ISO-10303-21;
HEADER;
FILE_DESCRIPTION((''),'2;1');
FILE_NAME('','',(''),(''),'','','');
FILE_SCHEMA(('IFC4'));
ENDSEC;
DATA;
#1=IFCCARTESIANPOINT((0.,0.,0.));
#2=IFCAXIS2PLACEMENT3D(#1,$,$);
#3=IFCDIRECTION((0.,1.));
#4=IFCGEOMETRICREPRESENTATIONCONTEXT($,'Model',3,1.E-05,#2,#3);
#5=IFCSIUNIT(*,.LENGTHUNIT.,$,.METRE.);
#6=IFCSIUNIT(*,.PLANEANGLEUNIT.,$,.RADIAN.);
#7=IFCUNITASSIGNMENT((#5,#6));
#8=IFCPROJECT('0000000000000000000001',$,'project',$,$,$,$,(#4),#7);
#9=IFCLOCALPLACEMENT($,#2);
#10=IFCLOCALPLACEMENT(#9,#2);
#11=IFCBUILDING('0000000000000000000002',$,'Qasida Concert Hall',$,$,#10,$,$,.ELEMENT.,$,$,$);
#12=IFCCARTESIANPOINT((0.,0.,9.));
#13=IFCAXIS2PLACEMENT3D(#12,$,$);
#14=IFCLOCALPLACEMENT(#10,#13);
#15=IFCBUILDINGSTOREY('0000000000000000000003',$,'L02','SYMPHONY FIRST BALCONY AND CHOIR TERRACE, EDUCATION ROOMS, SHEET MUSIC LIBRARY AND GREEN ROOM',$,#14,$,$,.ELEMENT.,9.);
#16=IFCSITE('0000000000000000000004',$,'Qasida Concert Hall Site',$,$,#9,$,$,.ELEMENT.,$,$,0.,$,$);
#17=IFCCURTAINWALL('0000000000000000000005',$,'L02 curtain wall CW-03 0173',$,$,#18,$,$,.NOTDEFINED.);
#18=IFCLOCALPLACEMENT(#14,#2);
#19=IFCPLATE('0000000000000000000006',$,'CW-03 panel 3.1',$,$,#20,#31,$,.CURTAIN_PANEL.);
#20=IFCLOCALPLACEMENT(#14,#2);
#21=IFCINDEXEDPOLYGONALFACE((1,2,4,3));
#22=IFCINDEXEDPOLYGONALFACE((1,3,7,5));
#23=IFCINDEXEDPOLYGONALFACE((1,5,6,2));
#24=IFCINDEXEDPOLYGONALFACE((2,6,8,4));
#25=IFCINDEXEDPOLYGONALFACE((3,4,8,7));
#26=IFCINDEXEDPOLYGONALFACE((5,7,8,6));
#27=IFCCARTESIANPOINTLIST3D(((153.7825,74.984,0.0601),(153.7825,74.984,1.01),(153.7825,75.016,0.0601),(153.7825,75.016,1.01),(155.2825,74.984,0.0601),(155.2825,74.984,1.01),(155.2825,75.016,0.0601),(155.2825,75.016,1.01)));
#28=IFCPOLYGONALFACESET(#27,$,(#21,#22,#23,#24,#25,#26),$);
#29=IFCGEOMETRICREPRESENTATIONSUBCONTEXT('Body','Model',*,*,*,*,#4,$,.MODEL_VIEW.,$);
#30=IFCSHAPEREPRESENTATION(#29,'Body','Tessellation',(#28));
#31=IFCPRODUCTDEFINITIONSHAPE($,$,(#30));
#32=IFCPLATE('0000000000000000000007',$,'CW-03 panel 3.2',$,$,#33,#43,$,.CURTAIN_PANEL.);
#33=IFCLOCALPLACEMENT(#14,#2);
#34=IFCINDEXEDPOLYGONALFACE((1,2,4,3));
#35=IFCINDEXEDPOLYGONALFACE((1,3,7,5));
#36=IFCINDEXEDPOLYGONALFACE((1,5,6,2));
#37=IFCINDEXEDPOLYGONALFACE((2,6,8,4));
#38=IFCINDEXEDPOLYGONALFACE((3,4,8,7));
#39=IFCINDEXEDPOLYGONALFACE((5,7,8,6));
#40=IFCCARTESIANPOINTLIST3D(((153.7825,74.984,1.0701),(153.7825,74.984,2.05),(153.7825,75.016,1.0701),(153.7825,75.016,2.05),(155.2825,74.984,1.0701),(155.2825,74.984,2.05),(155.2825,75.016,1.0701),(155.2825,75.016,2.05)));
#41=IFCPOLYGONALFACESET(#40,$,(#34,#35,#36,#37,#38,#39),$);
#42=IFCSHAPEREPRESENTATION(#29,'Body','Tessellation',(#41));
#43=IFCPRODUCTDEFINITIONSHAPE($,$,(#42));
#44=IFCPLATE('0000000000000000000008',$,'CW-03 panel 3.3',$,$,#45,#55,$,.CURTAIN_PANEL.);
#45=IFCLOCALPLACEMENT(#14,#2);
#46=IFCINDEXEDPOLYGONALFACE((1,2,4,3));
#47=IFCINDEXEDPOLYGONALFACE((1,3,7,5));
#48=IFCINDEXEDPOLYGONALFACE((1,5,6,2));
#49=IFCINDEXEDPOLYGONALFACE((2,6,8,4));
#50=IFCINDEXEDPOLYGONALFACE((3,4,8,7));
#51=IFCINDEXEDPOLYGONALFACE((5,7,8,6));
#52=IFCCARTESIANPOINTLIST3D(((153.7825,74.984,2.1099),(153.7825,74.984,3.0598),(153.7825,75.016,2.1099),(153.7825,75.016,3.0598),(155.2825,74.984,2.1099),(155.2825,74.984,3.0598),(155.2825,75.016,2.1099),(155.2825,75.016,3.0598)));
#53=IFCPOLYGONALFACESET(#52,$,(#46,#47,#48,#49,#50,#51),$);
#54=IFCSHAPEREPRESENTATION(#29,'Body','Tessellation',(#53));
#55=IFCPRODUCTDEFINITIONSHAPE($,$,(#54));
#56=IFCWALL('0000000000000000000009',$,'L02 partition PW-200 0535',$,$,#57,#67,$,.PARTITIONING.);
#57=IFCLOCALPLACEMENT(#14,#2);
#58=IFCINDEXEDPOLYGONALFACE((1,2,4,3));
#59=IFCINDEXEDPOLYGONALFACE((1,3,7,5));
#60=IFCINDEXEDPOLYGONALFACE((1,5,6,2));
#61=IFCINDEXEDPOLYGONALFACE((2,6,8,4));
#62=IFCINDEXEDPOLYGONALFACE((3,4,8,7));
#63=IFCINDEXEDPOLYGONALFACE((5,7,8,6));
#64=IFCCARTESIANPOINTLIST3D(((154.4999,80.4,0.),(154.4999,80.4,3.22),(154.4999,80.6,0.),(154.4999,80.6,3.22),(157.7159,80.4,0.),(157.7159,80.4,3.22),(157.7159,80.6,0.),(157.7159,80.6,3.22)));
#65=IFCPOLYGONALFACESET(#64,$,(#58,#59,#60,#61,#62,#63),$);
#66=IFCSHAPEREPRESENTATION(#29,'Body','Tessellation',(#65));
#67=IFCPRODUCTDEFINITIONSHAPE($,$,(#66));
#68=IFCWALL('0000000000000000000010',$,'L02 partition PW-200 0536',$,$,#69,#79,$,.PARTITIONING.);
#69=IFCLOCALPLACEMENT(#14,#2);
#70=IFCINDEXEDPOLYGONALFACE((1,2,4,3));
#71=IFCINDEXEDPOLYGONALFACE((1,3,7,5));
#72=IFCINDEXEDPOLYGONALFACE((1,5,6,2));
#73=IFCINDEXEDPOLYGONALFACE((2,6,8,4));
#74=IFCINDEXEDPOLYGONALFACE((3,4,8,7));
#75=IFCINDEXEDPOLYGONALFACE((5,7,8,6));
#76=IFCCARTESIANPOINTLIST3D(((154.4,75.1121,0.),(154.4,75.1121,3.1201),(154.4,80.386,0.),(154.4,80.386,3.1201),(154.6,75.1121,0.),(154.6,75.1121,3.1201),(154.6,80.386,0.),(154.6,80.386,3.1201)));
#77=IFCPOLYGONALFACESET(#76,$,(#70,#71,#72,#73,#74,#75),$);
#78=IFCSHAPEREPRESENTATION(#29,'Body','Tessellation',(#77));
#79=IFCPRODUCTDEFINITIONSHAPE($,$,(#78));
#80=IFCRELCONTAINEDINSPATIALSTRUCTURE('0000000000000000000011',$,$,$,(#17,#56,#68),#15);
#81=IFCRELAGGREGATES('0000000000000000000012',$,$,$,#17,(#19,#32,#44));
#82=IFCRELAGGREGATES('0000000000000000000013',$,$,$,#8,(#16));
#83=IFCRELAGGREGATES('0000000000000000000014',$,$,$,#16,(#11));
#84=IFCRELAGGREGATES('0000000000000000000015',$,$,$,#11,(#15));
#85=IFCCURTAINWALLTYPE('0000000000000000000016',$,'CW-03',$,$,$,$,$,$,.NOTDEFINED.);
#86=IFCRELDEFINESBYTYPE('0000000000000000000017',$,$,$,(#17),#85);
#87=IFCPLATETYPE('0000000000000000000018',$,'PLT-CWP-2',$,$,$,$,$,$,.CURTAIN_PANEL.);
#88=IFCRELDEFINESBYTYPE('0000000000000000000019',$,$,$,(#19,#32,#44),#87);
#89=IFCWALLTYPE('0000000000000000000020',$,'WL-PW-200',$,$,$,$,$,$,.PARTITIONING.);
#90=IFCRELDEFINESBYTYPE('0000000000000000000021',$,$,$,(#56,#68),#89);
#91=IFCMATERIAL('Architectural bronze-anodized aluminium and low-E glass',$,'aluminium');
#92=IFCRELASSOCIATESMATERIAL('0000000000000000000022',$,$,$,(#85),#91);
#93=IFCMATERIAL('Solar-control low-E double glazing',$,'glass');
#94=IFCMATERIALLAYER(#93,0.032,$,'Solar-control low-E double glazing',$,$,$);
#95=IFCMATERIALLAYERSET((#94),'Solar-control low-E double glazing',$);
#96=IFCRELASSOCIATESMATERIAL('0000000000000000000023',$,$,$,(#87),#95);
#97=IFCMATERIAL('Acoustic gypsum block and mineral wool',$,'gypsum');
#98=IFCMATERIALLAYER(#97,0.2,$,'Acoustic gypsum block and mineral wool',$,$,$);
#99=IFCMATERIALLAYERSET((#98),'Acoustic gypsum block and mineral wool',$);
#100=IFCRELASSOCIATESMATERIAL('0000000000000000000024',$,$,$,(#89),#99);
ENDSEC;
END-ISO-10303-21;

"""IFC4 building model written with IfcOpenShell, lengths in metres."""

from ifc_helpers import new_model, si_unit, direction, frame, frame_2d, origin, origin_2d, place, context, subcontext, project, spatial, rectangle, extrude, material, layer, layer_set, type_object, element, aggregate, save


model = new_model("IFC4")

# Units and contexts
model_context = context("Model", 3, precision=1e-05, world=origin(), true_north=direction((0.0, 1.0)))
body_context = subcontext(model_context, "Body", "Model", "MODEL_VIEW")
ifc_project = project(units=[si_unit("LENGTHUNIT", "METRE"), si_unit("PLANEANGLEUNIT", "RADIAN")], contexts=[model_context])

# Site, building, storey
site_placement = place(None, origin())
site = spatial("IfcSite", under=ifc_project, at=site_placement, Name="Qasida Concert Hall Site", CompositionType="ELEMENT", RefElevation=0.0)
building_placement = place(site_placement, origin())
building = spatial("IfcBuilding", under=site, at=building_placement, Name="Qasida Concert Hall", CompositionType="ELEMENT")
storey_placement = place(building_placement, frame((0.0, 0.0, 9.0)))
storey = spatial("IfcBuildingStorey", under=building, at=storey_placement, Name="L02", Description="SYMPHONY FIRST BALCONY AND CHOIR TERRACE, EDUCATION ROOMS, SHEET MUSIC LIBRARY AND GREEN ROOM", CompositionType="ELEMENT", Elevation=9.0)

# Curtain wall, plates
ifc_material_1 = material(Name="Architectural bronze-anodized aluminium and low-E glass", Category="aluminium")
curtain_wall_type = type_object("IfcCurtainWallType", Name="CW-03", PredefinedType="NOTDEFINED", material=ifc_material_1)
curtain_wall_placement = place(storey_placement, origin())
curtain_wall = element("IfcCurtainWall", 1, at=curtain_wall_placement, inside=storey, type_object=curtain_wall_type, Name="L02 curtain wall CW-03 0173", PredefinedType="NOTDEFINED")
ifc_material_2 = material(Name="Solar-control low-E double glazing", Category="glass")
ifc_layer_1 = layer(ifc_material_2, 0.032, Name="Solar-control low-E double glazing")
ifc_layer_set_1 = layer_set([ifc_layer_1], Name="Solar-control low-E double glazing")
plate_type = type_object("IfcPlateType", Name="PLT-CWP-2", PredefinedType="CURTAIN_PANEL", material=ifc_layer_set_1)
plate_1_placement = place(storey_placement, frame((154.5325, 75.0, 0.0601), z_axis=(0.0, 0.0, 1.0), x_axis=(1.0, 0.0, 0.0)))
plate_1 = element("IfcPlate", 2, at=plate_1_placement, type_object=plate_type, Name="CW-03 panel 3.1", PredefinedType="CURTAIN_PANEL", context=body_context, shape_type="SweptSolid", body=[
    extrude(rectangle(XDim=1.5, YDim=0.032, at=origin_2d()), origin(), (0.0, 0.0, 1.0), 0.95),
])
plate_2_placement = place(storey_placement, frame((154.5325, 75.0, 1.0701), z_axis=(0.0, 0.0, 1.0), x_axis=(1.0, 0.0, 0.0)))
plate_2 = element("IfcPlate", 3, at=plate_2_placement, type_object=plate_type, Name="CW-03 panel 3.2", PredefinedType="CURTAIN_PANEL", context=body_context, shape_type="SweptSolid", body=[
    extrude(rectangle(XDim=1.5, YDim=0.032, at=origin_2d()), origin(), (0.0, 0.0, 1.0), 0.98),
])
plate_3_placement = place(storey_placement, frame((154.5325, 75.0, 2.1099), z_axis=(0.0, 0.0, 1.0), x_axis=(1.0, 0.0, 0.0)))
plate_3 = element("IfcPlate", 4, at=plate_3_placement, type_object=plate_type, Name="CW-03 panel 3.3", PredefinedType="CURTAIN_PANEL", context=body_context, shape_type="SweptSolid", body=[
    extrude(rectangle(XDim=1.5, YDim=0.032, at=origin_2d()), origin(), (0.0, 0.0, 1.0), 0.95),
])
aggregate(curtain_wall, [plate_1, plate_2, plate_3])

# Walls
ifc_material_3 = material(Name="Acoustic gypsum block and mineral wool", Category="gypsum")
ifc_layer_2 = layer(ifc_material_3, 0.2, Name="Acoustic gypsum block and mineral wool")
ifc_layer_set_2 = layer_set([ifc_layer_2], Name="Acoustic gypsum block and mineral wool")
wall_type = type_object("IfcWallType", Name="WL-PW-200", PredefinedType="PARTITIONING", material=ifc_layer_set_2)
wall_1_placement = place(storey_placement, frame((154.5, 80.5, 0.0), z_axis=(0.0, 0.0, 1.0), x_axis=(1.0, 0.0, 0.0)))
element("IfcWall", 5, at=wall_1_placement, inside=storey, type_object=wall_type, Name="L02 partition PW-200 0535", PredefinedType="PARTITIONING", context=body_context, shape_type="SweptSolid", body=[
    extrude(rectangle(XDim=3.2161, YDim=0.2, at=frame_2d((1.6079, 0.0))), origin(), (0.0, 0.0, 1.0), 3.22),
])
wall_2_placement = place(storey_placement, frame((154.5, 75.1121, 0.0), z_axis=(0.0, 0.0, 1.0), x_axis=(0.0, 1.0, 0.0)))
element("IfcWall", 6, at=wall_2_placement, inside=storey, type_object=wall_type, Name="L02 partition PW-200 0536", PredefinedType="PARTITIONING", context=body_context, shape_type="SweptSolid", body=[
    extrude(rectangle(XDim=5.2739, YDim=0.2, at=frame_2d((2.637, 0.0))), origin(), (0.0, 0.0, 1.0), 3.1201),
])

save(model, "model.ifc")
